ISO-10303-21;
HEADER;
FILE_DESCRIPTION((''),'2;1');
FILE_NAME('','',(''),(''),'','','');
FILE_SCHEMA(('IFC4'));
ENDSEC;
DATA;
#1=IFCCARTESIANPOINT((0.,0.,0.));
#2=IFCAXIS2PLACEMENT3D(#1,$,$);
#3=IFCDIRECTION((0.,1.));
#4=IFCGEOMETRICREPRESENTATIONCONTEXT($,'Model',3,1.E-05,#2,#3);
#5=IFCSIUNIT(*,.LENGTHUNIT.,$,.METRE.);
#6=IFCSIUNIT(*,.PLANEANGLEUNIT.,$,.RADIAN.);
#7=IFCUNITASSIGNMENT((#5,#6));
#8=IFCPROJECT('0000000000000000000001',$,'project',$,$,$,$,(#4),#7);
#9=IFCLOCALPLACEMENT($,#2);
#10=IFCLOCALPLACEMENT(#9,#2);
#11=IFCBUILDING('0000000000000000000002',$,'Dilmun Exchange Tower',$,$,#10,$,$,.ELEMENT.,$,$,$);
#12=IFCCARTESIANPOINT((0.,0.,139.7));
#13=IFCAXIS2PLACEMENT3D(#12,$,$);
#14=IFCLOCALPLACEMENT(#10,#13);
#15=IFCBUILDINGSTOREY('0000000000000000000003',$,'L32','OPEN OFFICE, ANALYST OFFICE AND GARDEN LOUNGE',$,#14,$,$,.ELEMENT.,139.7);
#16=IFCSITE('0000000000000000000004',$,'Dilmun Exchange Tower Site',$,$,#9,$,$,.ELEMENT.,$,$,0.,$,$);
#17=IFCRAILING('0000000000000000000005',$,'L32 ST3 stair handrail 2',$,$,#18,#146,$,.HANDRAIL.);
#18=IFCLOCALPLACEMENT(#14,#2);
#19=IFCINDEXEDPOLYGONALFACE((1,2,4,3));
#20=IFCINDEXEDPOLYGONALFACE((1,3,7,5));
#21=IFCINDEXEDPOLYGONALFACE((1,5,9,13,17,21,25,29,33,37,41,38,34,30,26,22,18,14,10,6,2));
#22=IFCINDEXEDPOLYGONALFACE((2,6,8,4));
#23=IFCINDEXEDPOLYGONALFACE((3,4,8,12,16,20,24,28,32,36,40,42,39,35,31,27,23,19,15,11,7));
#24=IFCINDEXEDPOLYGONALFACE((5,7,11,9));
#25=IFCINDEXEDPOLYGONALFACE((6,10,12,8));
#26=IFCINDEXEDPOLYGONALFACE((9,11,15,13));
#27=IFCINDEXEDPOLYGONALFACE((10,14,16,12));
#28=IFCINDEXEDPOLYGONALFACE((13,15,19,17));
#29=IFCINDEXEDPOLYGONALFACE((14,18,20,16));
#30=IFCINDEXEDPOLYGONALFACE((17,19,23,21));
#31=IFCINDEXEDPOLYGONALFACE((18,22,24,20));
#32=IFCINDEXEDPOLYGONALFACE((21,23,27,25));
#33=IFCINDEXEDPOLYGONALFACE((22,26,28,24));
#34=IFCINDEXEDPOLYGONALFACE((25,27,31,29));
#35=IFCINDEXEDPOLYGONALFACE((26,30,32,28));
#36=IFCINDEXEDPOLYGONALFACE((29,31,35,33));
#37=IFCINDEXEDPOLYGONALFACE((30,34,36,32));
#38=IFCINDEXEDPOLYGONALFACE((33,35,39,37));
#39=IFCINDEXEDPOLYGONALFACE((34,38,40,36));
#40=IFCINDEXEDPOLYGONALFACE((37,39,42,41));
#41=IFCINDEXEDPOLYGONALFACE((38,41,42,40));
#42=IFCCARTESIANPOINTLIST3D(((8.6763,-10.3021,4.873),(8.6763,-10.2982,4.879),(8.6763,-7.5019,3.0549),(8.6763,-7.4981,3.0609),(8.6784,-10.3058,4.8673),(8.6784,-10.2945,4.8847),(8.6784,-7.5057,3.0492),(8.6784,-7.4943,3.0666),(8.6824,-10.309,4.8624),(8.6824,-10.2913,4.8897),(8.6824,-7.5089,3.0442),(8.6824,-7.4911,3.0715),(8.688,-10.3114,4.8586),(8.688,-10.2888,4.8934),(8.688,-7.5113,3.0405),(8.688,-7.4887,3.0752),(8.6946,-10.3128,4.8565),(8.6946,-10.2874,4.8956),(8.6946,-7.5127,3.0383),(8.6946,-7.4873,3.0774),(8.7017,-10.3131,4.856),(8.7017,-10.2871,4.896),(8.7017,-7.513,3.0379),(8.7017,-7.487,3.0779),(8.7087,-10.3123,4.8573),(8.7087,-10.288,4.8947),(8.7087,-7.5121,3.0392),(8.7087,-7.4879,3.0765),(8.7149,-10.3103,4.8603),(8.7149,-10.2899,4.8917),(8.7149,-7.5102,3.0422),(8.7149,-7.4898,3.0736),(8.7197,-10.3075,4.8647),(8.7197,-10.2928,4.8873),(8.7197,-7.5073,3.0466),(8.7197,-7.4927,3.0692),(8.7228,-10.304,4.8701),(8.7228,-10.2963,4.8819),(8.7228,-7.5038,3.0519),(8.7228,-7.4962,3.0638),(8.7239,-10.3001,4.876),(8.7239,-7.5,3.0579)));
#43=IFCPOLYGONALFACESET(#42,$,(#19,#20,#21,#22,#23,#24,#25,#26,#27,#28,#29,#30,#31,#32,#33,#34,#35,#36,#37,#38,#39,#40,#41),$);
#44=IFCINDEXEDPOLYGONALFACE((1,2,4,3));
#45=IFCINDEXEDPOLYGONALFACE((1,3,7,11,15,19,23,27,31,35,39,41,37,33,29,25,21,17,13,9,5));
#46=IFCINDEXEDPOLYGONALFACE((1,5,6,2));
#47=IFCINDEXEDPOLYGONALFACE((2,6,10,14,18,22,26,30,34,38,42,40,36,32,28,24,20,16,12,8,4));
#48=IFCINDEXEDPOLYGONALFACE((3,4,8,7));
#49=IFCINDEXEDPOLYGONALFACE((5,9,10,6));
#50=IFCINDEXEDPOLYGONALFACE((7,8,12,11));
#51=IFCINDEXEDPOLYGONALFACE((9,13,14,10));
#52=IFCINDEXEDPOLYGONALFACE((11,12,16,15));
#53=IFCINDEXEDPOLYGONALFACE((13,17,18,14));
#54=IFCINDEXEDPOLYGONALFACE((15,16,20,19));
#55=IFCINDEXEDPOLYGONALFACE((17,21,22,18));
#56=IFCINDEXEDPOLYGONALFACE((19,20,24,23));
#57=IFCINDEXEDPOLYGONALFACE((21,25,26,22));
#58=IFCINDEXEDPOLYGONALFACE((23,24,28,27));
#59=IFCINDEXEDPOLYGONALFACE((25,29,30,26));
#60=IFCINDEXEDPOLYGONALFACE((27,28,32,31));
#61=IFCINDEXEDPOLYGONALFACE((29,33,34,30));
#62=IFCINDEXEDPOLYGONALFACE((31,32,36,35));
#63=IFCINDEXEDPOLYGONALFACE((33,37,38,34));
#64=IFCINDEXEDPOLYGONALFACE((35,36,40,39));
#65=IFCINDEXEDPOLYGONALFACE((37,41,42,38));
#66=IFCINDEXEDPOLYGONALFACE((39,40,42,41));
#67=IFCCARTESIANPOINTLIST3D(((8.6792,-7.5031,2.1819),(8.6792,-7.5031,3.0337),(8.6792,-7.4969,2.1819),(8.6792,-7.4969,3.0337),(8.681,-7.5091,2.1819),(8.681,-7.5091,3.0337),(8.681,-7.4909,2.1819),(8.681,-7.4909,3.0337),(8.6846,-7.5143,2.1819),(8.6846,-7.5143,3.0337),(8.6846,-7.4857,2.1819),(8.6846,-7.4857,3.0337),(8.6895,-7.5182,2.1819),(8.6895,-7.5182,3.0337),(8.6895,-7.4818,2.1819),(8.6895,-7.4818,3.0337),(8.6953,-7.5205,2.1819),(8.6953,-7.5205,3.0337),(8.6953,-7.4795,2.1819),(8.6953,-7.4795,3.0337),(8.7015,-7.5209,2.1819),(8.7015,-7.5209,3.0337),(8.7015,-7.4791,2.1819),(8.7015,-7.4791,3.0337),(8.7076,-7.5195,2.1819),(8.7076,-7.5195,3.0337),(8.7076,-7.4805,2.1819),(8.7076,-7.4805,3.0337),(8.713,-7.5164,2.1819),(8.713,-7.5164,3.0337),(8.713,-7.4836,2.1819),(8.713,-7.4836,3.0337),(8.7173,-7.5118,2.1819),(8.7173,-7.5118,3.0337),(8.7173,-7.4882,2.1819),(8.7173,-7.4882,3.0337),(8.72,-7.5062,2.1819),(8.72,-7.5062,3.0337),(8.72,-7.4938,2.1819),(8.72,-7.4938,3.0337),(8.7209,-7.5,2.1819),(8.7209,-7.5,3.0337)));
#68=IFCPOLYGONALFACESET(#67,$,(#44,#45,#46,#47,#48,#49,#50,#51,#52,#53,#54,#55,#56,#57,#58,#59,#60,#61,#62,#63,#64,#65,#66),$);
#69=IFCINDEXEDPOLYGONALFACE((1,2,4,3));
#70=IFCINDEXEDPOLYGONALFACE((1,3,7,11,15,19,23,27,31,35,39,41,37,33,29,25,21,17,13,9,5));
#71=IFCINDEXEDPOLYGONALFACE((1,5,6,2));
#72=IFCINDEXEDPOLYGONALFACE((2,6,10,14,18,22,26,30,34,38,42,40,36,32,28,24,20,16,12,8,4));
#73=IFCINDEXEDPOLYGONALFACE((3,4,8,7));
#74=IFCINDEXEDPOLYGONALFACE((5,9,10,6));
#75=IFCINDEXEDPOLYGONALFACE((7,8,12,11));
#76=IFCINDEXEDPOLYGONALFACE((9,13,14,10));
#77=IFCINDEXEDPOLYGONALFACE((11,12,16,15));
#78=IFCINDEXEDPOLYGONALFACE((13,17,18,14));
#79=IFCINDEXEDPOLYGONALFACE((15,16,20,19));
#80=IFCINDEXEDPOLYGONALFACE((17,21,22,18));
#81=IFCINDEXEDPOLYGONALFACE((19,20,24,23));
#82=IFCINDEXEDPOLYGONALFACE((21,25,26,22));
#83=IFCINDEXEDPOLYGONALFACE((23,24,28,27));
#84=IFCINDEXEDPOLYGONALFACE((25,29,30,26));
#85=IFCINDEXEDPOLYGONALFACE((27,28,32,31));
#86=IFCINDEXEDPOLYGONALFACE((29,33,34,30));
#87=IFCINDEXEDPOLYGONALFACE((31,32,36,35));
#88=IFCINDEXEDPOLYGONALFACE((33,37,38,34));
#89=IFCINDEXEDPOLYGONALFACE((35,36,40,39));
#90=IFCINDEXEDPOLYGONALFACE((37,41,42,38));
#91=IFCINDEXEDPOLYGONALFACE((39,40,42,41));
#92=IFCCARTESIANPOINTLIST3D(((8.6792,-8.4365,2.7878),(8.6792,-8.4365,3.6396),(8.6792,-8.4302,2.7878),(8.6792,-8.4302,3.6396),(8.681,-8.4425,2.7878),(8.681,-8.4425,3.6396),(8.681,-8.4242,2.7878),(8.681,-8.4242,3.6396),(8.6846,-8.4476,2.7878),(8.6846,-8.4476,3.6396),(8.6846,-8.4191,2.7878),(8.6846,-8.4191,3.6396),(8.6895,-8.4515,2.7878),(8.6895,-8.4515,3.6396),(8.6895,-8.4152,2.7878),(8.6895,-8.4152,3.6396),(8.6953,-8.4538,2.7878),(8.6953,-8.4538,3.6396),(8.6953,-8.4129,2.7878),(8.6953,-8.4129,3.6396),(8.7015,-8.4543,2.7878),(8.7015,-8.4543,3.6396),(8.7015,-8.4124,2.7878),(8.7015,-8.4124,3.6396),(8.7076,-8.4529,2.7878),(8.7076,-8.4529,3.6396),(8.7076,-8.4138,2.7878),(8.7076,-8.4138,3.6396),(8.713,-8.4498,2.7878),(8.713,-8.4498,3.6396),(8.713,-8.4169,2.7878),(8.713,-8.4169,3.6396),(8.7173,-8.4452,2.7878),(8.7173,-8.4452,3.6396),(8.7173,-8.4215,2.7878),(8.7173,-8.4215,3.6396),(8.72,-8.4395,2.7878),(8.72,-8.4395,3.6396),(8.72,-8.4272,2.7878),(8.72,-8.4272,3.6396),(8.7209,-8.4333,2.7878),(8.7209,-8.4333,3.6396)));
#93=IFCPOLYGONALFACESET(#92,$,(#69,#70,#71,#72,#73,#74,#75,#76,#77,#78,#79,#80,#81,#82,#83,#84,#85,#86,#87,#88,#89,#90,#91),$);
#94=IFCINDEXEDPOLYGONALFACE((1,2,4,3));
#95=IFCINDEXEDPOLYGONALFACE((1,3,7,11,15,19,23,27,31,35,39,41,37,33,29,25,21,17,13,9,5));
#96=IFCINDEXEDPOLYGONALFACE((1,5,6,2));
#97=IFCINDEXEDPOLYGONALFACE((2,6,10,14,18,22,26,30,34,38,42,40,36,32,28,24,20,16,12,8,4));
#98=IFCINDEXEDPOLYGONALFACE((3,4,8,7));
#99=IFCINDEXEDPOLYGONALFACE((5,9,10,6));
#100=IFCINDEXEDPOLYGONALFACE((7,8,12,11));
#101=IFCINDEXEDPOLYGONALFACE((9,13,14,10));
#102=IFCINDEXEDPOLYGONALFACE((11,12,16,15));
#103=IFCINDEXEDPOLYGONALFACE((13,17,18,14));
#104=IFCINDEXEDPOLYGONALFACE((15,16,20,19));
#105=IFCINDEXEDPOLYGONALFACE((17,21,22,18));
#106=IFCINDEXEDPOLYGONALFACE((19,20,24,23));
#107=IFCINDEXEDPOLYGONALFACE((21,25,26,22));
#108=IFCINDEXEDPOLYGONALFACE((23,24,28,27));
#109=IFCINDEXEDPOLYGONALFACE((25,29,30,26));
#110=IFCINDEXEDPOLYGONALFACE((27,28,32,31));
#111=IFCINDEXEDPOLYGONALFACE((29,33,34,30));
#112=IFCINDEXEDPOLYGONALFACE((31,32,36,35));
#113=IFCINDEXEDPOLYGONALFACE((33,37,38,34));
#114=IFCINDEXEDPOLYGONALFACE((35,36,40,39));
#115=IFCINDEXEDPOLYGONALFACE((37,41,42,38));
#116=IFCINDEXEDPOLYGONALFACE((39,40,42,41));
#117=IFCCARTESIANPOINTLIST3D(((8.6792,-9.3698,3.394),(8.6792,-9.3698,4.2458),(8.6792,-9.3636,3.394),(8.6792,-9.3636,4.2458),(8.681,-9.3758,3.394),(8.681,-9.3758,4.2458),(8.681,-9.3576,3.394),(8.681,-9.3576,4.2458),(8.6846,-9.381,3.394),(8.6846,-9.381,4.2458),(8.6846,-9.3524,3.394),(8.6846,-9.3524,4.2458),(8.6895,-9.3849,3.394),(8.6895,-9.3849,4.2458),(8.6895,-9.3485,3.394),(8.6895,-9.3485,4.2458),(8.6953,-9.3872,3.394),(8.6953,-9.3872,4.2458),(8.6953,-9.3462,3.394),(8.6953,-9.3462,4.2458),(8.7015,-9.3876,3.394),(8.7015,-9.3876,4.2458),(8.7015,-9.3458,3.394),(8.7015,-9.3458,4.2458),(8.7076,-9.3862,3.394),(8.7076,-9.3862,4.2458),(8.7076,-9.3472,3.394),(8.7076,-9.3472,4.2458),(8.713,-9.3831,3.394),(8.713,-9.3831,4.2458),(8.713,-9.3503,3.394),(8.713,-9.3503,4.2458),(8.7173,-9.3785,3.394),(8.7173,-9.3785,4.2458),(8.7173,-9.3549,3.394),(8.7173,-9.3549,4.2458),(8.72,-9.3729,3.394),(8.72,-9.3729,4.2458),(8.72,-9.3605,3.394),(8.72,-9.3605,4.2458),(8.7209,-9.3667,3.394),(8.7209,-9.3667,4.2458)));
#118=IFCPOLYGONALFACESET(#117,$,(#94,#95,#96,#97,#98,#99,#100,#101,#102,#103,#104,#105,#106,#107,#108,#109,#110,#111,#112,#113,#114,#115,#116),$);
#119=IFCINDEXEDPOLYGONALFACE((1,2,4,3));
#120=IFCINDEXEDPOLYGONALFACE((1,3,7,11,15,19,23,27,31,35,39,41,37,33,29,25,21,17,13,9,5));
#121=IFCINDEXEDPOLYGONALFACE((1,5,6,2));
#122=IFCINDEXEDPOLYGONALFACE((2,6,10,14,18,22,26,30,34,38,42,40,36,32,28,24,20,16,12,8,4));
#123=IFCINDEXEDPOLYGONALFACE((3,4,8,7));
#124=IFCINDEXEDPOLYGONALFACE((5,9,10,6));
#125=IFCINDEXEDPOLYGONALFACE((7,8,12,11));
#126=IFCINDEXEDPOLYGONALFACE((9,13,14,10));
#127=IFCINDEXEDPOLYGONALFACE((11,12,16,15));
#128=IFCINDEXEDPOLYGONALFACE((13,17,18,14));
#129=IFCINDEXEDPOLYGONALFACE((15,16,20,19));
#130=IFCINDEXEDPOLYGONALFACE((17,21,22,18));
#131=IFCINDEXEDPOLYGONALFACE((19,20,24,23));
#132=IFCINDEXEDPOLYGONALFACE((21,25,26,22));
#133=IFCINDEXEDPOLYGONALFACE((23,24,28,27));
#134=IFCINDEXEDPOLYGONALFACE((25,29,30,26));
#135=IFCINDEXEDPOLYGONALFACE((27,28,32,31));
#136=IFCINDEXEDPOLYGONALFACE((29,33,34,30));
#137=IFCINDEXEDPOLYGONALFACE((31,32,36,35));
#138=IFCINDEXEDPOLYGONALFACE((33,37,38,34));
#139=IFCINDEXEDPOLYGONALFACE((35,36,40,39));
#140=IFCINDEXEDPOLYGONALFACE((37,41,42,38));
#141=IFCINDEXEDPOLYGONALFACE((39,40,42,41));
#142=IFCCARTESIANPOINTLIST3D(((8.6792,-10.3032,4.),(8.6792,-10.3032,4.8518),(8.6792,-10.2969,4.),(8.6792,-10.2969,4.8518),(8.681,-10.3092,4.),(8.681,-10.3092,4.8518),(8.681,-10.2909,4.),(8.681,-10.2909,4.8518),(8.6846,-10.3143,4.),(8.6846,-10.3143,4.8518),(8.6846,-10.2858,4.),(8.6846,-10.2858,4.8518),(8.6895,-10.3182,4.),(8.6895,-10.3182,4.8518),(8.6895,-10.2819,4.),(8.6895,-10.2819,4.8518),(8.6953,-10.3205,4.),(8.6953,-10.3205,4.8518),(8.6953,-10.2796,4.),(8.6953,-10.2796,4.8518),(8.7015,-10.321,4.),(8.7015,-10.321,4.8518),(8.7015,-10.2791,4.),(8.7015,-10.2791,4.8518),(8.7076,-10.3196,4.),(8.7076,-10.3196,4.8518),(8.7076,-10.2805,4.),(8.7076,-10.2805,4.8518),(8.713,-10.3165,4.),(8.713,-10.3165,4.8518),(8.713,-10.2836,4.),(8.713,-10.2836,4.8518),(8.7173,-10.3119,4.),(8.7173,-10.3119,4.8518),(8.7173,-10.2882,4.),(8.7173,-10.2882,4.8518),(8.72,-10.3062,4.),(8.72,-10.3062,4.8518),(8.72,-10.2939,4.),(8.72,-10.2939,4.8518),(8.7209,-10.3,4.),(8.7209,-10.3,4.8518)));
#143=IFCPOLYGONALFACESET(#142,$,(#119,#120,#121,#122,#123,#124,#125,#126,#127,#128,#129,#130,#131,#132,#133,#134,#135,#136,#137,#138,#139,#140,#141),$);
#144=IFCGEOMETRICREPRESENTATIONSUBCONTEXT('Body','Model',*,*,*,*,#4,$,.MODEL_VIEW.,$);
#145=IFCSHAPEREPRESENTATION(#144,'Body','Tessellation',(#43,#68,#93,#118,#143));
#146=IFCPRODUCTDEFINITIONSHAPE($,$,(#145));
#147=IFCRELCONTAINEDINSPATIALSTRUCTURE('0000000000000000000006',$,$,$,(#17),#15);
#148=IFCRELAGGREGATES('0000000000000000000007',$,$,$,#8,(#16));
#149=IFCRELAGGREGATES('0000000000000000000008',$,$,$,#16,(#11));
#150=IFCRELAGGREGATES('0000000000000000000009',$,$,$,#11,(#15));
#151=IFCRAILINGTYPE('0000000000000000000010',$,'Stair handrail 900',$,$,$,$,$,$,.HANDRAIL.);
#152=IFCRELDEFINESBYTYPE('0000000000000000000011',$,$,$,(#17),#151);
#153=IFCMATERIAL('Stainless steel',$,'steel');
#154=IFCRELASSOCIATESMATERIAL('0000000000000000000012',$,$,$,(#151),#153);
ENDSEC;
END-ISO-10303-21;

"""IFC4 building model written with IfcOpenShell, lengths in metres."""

from ifc_helpers import new_model, si_unit, direction, frame, origin, origin_2d, place, context, subcontext, project, spatial, circle, extrude, material, type_object, element, save


model = new_model("IFC4")

# Units and contexts
model_context = context("Model", 3, precision=1e-05, world=origin(), true_north=direction((0.0, 1.0)))
body_context = subcontext(model_context, "Body", "Model", "MODEL_VIEW")
ifc_project = project(units=[si_unit("LENGTHUNIT", "METRE"), si_unit("PLANEANGLEUNIT", "RADIAN")], contexts=[model_context])

# Site, building, storey
site_placement = place(None, origin())
site = spatial("IfcSite", under=ifc_project, at=site_placement, Name="Dilmun Exchange Tower Site", CompositionType="ELEMENT", RefElevation=0.0)
building_placement = place(site_placement, origin())
building = spatial("IfcBuilding", under=site, at=building_placement, Name="Dilmun Exchange Tower", CompositionType="ELEMENT")
storey_placement = place(building_placement, frame((0.0, 0.0, 139.7)))
storey = spatial("IfcBuildingStorey", under=building, at=storey_placement, Name="L32", Description="OPEN OFFICE, ANALYST OFFICE AND GARDEN LOUNGE", CompositionType="ELEMENT", Elevation=139.7)

# Railing
ifc_material_1 = material(Name="Stainless steel", Category="steel")
railing_type = type_object("IfcRailingType", Name="Stair handrail 900", PredefinedType="HANDRAIL", material=ifc_material_1)
railing_1_placement = place(storey_placement, frame((8.7, -7.5, 2.1819)))
element("IfcRailing", 1, at=railing_1_placement, inside=storey, type_object=railing_type, Name="L32 ST3 stair handrail 2", PredefinedType="HANDRAIL", context=body_context, shape_type="SweptSolid", body=[
    extrude(circle(Radius=0.0239, at=origin_2d()), frame((0.0, 0.0, 0.876), z_axis=(0.0, -0.838706, 0.544585), x_axis=(1.0, 0.0, 0.0)), (0.0, 0.0, 1.0), 3.3386),
    extrude(circle(Radius=0.021, at=origin_2d()), origin(), (0.0, 0.0, 1.0), 0.8518),
    extrude(circle(Radius=0.021, at=origin_2d()), frame((0.0, -0.9333, 0.606)), (0.0, 0.0, 1.0), 0.8518),
    extrude(circle(Radius=0.021, at=origin_2d()), frame((0.0, -1.8667, 1.2122)), (0.0, 0.0, 1.0), 0.8518),
    extrude(circle(Radius=0.021, at=origin_2d()), frame((0.0, -2.8, 1.8181)), (0.0, 0.0, 1.0), 0.8518),
])

save(model, "model.ifc")
